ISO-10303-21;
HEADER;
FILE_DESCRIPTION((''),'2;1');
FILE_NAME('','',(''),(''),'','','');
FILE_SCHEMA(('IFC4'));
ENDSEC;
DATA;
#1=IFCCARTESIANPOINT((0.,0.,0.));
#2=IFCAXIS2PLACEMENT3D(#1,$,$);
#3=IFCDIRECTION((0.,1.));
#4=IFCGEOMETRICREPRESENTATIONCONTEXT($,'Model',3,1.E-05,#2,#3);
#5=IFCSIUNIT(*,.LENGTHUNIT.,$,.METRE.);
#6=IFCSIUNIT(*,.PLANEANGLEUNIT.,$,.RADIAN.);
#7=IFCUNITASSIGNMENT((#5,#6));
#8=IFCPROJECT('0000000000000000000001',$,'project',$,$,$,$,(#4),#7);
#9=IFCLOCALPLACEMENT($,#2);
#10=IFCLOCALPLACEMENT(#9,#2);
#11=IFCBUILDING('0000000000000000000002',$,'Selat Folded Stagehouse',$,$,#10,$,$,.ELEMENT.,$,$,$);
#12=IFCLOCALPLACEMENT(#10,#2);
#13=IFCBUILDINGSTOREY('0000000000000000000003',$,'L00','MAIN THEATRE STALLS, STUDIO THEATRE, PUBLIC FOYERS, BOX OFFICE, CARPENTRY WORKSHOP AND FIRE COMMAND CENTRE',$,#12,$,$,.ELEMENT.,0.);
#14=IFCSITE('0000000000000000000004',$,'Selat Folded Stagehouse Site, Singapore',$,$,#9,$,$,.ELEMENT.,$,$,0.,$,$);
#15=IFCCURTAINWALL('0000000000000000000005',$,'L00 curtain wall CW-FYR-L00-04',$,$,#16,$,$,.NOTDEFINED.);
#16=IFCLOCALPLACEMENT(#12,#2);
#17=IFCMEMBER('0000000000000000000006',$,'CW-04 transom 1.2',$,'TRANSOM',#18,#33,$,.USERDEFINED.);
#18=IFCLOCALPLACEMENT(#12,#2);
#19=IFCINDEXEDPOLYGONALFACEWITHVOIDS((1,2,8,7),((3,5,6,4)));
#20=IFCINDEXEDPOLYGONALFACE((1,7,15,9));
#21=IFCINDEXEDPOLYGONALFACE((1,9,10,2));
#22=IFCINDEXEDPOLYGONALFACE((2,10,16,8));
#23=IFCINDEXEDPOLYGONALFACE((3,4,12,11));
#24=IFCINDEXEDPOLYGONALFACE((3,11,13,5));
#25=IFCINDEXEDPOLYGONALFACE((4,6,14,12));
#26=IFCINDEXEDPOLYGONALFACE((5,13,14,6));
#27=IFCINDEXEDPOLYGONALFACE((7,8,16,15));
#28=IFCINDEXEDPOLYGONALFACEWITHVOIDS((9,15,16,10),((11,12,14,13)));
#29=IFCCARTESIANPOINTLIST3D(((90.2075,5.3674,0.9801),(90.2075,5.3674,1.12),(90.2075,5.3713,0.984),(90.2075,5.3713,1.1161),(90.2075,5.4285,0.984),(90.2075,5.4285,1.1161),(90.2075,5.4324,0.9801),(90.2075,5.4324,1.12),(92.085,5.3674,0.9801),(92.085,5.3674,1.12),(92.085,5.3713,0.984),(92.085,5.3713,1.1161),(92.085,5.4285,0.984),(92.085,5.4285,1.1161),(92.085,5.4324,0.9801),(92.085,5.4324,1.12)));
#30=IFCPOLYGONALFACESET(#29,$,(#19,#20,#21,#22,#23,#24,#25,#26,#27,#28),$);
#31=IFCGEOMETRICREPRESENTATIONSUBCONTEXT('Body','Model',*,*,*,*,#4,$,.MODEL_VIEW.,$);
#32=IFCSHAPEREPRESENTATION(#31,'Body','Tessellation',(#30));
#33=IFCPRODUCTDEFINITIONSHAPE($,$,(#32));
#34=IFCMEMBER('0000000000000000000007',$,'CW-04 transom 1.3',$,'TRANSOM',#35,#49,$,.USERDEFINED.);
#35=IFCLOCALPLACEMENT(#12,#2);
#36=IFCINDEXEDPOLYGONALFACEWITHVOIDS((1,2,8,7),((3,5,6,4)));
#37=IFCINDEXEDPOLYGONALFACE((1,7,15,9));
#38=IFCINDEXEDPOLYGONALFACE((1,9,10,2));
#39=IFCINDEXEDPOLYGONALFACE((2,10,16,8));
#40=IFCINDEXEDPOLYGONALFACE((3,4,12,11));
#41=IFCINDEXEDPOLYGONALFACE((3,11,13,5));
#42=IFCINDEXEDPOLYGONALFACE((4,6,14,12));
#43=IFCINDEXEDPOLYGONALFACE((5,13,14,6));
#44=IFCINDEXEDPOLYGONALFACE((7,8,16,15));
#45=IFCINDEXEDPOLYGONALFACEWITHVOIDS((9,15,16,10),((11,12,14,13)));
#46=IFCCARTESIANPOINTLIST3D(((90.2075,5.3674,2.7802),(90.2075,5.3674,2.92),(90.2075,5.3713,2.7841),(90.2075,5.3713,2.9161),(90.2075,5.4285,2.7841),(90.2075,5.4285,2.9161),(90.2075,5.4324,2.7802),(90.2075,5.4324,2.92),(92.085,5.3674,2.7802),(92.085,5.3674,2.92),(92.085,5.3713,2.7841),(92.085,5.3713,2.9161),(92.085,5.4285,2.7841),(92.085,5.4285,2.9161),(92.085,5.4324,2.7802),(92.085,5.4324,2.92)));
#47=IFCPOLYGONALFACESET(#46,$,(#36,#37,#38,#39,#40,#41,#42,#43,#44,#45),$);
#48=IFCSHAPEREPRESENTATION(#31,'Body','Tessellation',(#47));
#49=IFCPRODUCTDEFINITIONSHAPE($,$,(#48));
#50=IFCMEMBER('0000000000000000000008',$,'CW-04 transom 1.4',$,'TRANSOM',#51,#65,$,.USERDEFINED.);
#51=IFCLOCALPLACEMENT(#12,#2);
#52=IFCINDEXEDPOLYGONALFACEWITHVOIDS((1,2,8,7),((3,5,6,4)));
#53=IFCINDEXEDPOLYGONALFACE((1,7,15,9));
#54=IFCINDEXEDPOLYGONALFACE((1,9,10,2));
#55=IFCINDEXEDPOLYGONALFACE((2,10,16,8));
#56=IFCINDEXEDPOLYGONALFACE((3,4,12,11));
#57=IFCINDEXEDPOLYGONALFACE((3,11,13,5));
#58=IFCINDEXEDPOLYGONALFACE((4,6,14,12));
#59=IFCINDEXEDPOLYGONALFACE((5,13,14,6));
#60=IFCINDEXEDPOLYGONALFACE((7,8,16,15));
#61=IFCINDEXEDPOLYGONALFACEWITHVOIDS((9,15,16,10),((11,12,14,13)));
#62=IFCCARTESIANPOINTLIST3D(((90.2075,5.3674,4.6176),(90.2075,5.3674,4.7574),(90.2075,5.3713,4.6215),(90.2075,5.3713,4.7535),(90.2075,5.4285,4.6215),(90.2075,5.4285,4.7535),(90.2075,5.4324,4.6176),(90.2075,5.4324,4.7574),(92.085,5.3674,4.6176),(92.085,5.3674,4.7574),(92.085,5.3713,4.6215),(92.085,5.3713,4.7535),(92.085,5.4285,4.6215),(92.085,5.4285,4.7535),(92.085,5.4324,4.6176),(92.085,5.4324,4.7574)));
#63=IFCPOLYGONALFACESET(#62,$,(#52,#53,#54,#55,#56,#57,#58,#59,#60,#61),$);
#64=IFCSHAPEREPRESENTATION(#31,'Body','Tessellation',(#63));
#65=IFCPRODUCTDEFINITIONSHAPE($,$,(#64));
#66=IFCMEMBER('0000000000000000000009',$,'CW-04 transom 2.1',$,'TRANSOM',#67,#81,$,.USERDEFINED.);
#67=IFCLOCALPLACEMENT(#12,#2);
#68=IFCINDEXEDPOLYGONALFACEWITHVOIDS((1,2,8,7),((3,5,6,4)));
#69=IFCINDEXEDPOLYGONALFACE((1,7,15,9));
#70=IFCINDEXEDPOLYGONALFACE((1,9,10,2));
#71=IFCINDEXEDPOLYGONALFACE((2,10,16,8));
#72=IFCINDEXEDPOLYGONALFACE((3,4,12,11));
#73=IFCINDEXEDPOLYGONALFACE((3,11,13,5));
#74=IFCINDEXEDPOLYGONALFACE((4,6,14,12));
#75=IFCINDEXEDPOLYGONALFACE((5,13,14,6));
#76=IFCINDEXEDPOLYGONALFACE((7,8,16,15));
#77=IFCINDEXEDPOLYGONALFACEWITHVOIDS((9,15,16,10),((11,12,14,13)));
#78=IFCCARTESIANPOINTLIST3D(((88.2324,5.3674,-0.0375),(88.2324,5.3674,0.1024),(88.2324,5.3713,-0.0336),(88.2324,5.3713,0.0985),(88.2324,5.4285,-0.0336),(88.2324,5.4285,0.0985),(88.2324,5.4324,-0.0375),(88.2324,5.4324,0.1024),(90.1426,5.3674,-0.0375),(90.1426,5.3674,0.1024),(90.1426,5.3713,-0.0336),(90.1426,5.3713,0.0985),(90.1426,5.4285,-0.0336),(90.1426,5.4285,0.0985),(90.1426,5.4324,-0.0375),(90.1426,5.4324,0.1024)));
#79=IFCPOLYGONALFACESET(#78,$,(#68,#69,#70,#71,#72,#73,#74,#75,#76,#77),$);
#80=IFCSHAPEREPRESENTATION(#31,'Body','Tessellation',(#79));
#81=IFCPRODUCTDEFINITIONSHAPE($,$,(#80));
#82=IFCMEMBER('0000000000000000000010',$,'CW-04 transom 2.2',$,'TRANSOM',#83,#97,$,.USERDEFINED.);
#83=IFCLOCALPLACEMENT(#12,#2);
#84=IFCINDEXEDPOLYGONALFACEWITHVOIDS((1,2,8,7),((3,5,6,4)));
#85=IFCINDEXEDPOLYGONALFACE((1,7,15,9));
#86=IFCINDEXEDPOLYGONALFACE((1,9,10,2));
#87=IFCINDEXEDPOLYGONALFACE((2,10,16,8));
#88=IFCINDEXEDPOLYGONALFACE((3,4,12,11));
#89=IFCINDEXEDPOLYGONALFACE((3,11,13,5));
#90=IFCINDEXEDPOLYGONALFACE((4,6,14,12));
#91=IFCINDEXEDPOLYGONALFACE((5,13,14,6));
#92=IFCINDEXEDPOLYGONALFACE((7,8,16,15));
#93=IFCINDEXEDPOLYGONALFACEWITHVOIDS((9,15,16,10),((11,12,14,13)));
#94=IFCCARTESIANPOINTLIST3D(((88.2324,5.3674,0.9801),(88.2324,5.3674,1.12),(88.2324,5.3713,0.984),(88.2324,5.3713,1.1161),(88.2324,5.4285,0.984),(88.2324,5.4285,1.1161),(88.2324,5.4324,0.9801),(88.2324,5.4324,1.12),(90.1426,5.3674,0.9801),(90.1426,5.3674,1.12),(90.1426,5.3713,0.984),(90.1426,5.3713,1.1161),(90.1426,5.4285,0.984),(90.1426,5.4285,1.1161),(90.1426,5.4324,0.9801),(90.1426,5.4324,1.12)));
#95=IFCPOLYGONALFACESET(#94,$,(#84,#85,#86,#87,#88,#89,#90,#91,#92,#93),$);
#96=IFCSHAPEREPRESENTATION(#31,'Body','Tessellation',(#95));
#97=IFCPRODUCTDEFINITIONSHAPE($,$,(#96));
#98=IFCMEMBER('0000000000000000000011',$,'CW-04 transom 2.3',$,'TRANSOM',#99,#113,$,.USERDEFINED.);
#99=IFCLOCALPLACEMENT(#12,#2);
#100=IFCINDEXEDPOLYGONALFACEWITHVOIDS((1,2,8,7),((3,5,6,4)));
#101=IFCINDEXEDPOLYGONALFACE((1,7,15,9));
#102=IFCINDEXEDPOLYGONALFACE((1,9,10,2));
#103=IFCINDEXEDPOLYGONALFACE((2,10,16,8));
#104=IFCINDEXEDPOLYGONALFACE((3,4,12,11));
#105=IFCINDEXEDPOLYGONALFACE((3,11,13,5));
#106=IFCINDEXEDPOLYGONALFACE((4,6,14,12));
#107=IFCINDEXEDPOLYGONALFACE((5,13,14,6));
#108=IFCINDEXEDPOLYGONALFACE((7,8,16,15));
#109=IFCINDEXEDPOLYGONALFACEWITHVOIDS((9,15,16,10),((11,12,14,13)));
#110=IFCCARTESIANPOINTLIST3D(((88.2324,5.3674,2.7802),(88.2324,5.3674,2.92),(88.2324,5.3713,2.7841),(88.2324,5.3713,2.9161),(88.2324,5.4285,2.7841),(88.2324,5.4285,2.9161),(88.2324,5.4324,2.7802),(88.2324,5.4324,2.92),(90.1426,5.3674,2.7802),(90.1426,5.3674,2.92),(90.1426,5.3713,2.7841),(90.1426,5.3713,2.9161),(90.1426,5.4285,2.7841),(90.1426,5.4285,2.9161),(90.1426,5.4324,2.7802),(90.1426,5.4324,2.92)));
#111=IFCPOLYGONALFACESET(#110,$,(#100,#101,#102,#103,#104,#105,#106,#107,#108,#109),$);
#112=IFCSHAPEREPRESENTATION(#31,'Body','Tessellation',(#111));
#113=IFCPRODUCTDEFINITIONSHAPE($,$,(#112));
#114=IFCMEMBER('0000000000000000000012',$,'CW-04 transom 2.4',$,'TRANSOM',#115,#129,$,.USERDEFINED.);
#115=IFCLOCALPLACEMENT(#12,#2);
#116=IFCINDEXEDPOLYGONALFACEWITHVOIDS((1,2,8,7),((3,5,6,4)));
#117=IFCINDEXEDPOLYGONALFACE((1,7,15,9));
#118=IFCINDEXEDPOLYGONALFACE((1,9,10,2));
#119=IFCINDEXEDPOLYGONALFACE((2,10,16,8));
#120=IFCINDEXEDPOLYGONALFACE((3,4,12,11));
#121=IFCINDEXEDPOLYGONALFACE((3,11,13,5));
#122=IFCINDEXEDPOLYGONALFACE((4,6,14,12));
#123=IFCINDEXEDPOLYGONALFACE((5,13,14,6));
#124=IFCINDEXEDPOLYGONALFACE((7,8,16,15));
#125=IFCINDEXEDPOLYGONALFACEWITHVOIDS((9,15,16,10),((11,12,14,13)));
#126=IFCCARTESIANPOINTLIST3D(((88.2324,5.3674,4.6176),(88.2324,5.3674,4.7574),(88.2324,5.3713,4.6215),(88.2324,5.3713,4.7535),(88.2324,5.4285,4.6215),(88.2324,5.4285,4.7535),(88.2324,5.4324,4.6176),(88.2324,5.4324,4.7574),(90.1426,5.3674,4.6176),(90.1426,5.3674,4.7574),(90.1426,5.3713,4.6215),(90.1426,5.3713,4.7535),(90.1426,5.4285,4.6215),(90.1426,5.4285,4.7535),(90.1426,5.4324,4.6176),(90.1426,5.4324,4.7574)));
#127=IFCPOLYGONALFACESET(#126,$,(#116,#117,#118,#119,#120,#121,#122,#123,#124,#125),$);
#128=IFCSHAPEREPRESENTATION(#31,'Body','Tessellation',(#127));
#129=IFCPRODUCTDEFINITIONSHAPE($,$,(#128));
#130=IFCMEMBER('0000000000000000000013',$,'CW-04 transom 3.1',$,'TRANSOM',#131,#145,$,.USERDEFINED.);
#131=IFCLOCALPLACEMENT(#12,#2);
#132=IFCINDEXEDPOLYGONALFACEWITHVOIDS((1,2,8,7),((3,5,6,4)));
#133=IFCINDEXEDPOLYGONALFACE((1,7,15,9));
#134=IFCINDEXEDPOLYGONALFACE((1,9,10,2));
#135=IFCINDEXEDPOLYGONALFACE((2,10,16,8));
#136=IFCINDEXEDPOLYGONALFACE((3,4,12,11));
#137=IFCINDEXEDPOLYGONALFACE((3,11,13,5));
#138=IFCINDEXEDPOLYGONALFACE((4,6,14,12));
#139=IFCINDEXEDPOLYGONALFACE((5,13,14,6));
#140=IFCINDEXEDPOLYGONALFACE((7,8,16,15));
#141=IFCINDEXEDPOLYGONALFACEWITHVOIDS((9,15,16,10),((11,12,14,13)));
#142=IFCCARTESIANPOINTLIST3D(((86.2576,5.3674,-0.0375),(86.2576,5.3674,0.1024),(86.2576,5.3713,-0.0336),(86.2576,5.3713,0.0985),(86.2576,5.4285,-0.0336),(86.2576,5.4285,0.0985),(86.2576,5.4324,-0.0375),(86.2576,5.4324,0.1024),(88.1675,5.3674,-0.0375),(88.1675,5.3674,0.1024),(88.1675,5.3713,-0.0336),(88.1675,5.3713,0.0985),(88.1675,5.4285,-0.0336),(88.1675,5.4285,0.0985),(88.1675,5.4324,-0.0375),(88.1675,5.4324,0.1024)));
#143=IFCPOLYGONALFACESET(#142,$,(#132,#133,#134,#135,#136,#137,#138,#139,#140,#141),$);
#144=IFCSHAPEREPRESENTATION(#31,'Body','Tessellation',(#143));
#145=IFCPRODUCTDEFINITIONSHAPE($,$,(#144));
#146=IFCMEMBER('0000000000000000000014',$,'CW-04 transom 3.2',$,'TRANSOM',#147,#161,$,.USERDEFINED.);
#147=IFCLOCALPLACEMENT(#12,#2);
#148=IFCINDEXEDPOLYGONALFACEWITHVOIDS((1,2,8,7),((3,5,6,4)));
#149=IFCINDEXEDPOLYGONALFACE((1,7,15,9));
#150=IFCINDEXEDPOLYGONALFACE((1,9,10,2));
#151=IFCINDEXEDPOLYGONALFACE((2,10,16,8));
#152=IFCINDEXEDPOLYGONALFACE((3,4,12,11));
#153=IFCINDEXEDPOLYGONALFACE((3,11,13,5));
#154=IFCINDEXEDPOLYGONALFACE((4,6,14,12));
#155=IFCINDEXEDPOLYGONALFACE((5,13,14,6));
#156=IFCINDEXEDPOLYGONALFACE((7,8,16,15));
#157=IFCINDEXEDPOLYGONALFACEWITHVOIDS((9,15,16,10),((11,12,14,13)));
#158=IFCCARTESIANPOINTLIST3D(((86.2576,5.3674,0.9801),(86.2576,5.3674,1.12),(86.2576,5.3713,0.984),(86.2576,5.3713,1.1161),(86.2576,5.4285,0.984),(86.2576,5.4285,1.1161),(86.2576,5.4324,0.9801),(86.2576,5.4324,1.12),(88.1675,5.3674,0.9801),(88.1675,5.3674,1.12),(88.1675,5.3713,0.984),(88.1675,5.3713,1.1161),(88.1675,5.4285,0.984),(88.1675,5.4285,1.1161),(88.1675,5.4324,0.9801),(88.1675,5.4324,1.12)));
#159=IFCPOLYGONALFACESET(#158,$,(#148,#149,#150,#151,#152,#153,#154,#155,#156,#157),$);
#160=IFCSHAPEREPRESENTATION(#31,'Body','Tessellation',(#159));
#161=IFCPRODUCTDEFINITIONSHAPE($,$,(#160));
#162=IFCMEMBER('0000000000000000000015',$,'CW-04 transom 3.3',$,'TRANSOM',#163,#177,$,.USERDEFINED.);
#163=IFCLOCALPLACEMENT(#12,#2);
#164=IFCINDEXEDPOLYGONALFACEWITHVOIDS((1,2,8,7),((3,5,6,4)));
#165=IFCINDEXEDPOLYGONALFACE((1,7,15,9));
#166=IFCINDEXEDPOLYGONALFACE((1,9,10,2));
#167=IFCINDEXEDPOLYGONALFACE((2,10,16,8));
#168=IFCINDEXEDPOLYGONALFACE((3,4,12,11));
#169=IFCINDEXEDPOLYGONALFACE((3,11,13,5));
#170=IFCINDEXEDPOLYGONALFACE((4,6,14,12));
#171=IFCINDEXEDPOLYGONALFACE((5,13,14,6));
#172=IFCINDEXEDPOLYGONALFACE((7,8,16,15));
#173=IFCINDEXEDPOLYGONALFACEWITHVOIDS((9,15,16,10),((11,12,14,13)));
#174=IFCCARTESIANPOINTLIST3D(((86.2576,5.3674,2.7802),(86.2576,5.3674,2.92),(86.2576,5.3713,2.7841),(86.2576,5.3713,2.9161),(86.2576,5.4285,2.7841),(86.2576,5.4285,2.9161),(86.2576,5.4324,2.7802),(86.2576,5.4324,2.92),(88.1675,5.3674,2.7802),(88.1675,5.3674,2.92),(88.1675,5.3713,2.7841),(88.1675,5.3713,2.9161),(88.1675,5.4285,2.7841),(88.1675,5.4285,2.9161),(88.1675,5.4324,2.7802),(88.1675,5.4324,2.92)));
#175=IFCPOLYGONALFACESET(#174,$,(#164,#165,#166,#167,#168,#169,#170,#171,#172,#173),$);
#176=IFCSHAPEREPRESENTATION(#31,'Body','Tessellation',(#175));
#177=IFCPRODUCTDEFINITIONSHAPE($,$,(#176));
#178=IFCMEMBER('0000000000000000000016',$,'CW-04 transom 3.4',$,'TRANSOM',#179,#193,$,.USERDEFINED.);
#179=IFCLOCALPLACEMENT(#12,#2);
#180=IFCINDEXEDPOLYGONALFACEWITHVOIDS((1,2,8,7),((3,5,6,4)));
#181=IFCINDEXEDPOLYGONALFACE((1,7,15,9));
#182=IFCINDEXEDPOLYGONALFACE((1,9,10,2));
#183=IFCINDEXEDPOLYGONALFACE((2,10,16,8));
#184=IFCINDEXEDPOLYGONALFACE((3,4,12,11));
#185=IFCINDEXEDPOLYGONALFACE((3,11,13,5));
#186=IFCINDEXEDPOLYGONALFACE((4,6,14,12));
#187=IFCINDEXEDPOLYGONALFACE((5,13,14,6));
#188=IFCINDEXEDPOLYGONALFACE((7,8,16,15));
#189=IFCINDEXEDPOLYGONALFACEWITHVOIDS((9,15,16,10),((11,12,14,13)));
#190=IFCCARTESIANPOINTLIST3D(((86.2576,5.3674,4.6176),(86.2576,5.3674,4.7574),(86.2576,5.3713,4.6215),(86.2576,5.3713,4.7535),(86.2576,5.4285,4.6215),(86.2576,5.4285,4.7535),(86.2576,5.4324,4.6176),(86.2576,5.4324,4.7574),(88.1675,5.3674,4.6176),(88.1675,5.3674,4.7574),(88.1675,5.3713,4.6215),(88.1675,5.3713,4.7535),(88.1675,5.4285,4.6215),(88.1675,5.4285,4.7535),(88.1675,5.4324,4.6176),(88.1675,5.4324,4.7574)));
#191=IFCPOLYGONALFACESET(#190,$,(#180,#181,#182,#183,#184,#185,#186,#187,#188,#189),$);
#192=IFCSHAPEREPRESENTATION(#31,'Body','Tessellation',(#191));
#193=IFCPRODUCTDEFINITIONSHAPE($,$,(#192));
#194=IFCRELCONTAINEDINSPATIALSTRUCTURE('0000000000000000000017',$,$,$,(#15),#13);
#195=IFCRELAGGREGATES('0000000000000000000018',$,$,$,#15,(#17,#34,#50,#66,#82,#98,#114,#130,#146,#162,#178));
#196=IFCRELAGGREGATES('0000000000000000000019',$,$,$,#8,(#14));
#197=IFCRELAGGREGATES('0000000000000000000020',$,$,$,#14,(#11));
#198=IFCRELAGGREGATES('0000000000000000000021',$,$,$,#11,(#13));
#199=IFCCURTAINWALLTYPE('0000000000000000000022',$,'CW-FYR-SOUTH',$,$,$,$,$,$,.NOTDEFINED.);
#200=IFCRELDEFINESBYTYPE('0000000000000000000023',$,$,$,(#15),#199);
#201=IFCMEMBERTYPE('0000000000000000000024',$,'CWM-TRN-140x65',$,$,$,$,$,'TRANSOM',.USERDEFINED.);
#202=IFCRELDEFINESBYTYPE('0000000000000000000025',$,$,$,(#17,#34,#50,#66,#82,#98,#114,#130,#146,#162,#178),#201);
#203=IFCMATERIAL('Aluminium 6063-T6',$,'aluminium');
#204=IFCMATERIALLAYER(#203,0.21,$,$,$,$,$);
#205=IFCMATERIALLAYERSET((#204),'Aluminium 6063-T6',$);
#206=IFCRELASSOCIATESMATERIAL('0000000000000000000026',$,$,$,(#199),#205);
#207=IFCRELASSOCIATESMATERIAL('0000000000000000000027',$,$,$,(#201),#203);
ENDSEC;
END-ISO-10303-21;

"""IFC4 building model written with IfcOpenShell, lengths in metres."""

from ifc_helpers import new_model, si_unit, direction, frame, origin, origin_2d, place, context, subcontext, project, spatial, hollow_rectangle, extrude, material, layer, layer_set, material_profile, profile_set, type_object, element, aggregate, save


model = new_model("IFC4")

# Units and contexts
model_context = context("Model", 3, precision=1e-05, world=origin(), true_north=direction((0.0, 1.0)))
body_context = subcontext(model_context, "Body", "Model", "MODEL_VIEW")
ifc_project = project(units=[si_unit("LENGTHUNIT", "METRE"), si_unit("PLANEANGLEUNIT", "RADIAN")], contexts=[model_context])

# Site, building, storey
site_placement = place(None, origin())
site = spatial("IfcSite", under=ifc_project, at=site_placement, Name="Selat Folded Stagehouse Site, Singapore", CompositionType="ELEMENT", RefElevation=0.0)
building_placement = place(site_placement, origin())
building = spatial("IfcBuilding", under=site, at=building_placement, Name="Selat Folded Stagehouse", CompositionType="ELEMENT")
storey_placement = place(building_placement, origin())
storey = spatial("IfcBuildingStorey", under=building, at=storey_placement, Name="L00", Description="MAIN THEATRE STALLS, STUDIO THEATRE, PUBLIC FOYERS, BOX OFFICE, CARPENTRY WORKSHOP AND FIRE COMMAND CENTRE", CompositionType="ELEMENT", Elevation=0.0)

# Curtain wall, members
ifc_material_1 = material(Name="Aluminium 6063-T6", Category="aluminium")
ifc_layer_1 = layer(ifc_material_1, 0.21)
ifc_layer_set_1 = layer_set([ifc_layer_1], Name="Aluminium 6063-T6")
curtain_wall_type = type_object("IfcCurtainWallType", Name="CW-FYR-SOUTH", PredefinedType="NOTDEFINED", material=ifc_layer_set_1)
curtain_wall_placement = place(storey_placement, origin())
curtain_wall = element("IfcCurtainWall", 1, at=curtain_wall_placement, inside=storey, type_object=curtain_wall_type, Name="L00 curtain wall CW-FYR-L00-04", PredefinedType="NOTDEFINED")
ifc_material_profile_1 = material_profile(ifc_material_1, hollow_rectangle(XDim=0.0649, YDim=0.1399, WallThickness=0.0039, at=origin_2d()), Name="ALU 140x65x4.0")
ifc_profile_set_1 = profile_set([ifc_material_profile_1], Name="Aluminium 6063-T6")
member_type_1 = type_object("IfcMemberType", Name="CWM-TRN-140x65", ElementType="TRANSOM", PredefinedType="USERDEFINED", material=ifc_profile_set_1)
member_1_placement = place(storey_placement, frame((92.085, 5.3999, 1.05), z_axis=(-1.0, 0.0, 0.0), x_axis=(0.0, -1.0, 0.0)))
member_1 = element("IfcMember", 2, at=member_1_placement, type_object=member_type_1, Name="CW-04 transom 1.2", ObjectType="TRANSOM", PredefinedType="USERDEFINED", context=body_context, shape_type="SweptSolid", body=[
    extrude(hollow_rectangle(XDim=0.0649, YDim=0.1399, WallThickness=0.0039, at=origin_2d()), origin(), (0.0, 0.0, 1.0), 1.8774),
])
member_2_placement = place(storey_placement, frame((92.085, 5.3999, 2.8501), z_axis=(-1.0, 0.0, 0.0), x_axis=(0.0, -1.0, 0.0)))
member_2 = element("IfcMember", 3, at=member_2_placement, type_object=member_type_1, Name="CW-04 transom 1.3", ObjectType="TRANSOM", PredefinedType="USERDEFINED", context=body_context, shape_type="SweptSolid", body=[
    extrude(hollow_rectangle(XDim=0.0649, YDim=0.1399, WallThickness=0.0039, at=origin_2d()), origin(), (0.0, 0.0, 1.0), 1.8774),
])
member_3_placement = place(storey_placement, frame((92.085, 5.3999, 4.6875), z_axis=(-1.0, 0.0, 0.0), x_axis=(0.0, -1.0, 0.0)))
member_3 = element("IfcMember", 4, at=member_3_placement, type_object=member_type_1, Name="CW-04 transom 1.4", ObjectType="TRANSOM", PredefinedType="USERDEFINED", context=body_context, shape_type="SweptSolid", body=[
    extrude(hollow_rectangle(XDim=0.0649, YDim=0.1399, WallThickness=0.0039, at=origin_2d()), origin(), (0.0, 0.0, 1.0), 1.8774),
])
member_4_placement = place(storey_placement, frame((90.1426, 5.3999, 0.0325), z_axis=(-1.0, 0.0, 0.0), x_axis=(0.0, -1.0, 0.0)))
member_4 = element("IfcMember", 5, at=member_4_placement, type_object=member_type_1, Name="CW-04 transom 2.1", ObjectType="TRANSOM", PredefinedType="USERDEFINED", context=body_context, shape_type="SweptSolid", body=[
    extrude(hollow_rectangle(XDim=0.0649, YDim=0.1399, WallThickness=0.0039, at=origin_2d()), origin(), (0.0, 0.0, 1.0), 1.9102),
])
member_5_placement = place(storey_placement, frame((90.1426, 5.3999, 1.05), z_axis=(-1.0, 0.0, 0.0), x_axis=(0.0, -1.0, 0.0)))
member_5 = element("IfcMember", 6, at=member_5_placement, type_object=member_type_1, Name="CW-04 transom 2.2", ObjectType="TRANSOM", PredefinedType="USERDEFINED", context=body_context, shape_type="SweptSolid", body=[
    extrude(hollow_rectangle(XDim=0.0649, YDim=0.1399, WallThickness=0.0039, at=origin_2d()), origin(), (0.0, 0.0, 1.0), 1.9102),
])
member_6_placement = place(storey_placement, frame((90.1426, 5.3999, 2.8501), z_axis=(-1.0, 0.0, 0.0), x_axis=(0.0, -1.0, 0.0)))
member_6 = element("IfcMember", 7, at=member_6_placement, type_object=member_type_1, Name="CW-04 transom 2.3", ObjectType="TRANSOM", PredefinedType="USERDEFINED", context=body_context, shape_type="SweptSolid", body=[
    extrude(hollow_rectangle(XDim=0.0649, YDim=0.1399, WallThickness=0.0039, at=origin_2d()), origin(), (0.0, 0.0, 1.0), 1.9102),
])
member_7_placement = place(storey_placement, frame((90.1426, 5.3999, 4.6875), z_axis=(-1.0, 0.0, 0.0), x_axis=(0.0, -1.0, 0.0)))
member_7 = element("IfcMember", 8, at=member_7_placement, type_object=member_type_1, Name="CW-04 transom 2.4", ObjectType="TRANSOM", PredefinedType="USERDEFINED", context=body_context, shape_type="SweptSolid", body=[
    extrude(hollow_rectangle(XDim=0.0649, YDim=0.1399, WallThickness=0.0039, at=origin_2d()), origin(), (0.0, 0.0, 1.0), 1.9102),
])
member_8_placement = place(storey_placement, frame((88.1675, 5.3999, 0.0325), z_axis=(-1.0, 0.0, 0.0), x_axis=(0.0, -1.0, 0.0)))
member_8 = element("IfcMember", 9, at=member_8_placement, type_object=member_type_1, Name="CW-04 transom 3.1", ObjectType="TRANSOM", PredefinedType="USERDEFINED", context=body_context, shape_type="SweptSolid", body=[
    extrude(hollow_rectangle(XDim=0.0649, YDim=0.1399, WallThickness=0.0039, at=origin_2d()), origin(), (0.0, 0.0, 1.0), 1.9099),
])
member_9_placement = place(storey_placement, frame((88.1675, 5.3999, 1.05), z_axis=(-1.0, 0.0, 0.0), x_axis=(0.0, -1.0, 0.0)))
member_9 = element("IfcMember", 10, at=member_9_placement, type_object=member_type_1, Name="CW-04 transom 3.2", ObjectType="TRANSOM", PredefinedType="USERDEFINED", context=body_context, shape_type="SweptSolid", body=[
    extrude(hollow_rectangle(XDim=0.0649, YDim=0.1399, WallThickness=0.0039, at=origin_2d()), origin(), (0.0, 0.0, 1.0), 1.9099),
])
member_10_placement = place(storey_placement, frame((88.1675, 5.3999, 2.8501), z_axis=(-1.0, 0.0, 0.0), x_axis=(0.0, -1.0, 0.0)))
member_10 = element("IfcMember", 11, at=member_10_placement, type_object=member_type_1, Name="CW-04 transom 3.3", ObjectType="TRANSOM", PredefinedType="USERDEFINED", context=body_context, shape_type="SweptSolid", body=[
    extrude(hollow_rectangle(XDim=0.0649, YDim=0.1399, WallThickness=0.0039, at=origin_2d()), origin(), (0.0, 0.0, 1.0), 1.9099),
])
member_11_placement = place(storey_placement, frame((88.1675, 5.3999, 4.6875), z_axis=(-1.0, 0.0, 0.0), x_axis=(0.0, -1.0, 0.0)))
member_11 = element("IfcMember", 12, at=member_11_placement, type_object=member_type_1, Name="CW-04 transom 3.4", ObjectType="TRANSOM", PredefinedType="USERDEFINED", context=body_context, shape_type="SweptSolid", body=[
    extrude(hollow_rectangle(XDim=0.0649, YDim=0.1399, WallThickness=0.0039, at=origin_2d()), origin(), (0.0, 0.0, 1.0), 1.9099),
])
aggregate(curtain_wall, [member_1, member_2, member_3, member_4, member_5, member_6, member_7, member_8, member_9, member_10, member_11])

save(model, "model.ifc")
